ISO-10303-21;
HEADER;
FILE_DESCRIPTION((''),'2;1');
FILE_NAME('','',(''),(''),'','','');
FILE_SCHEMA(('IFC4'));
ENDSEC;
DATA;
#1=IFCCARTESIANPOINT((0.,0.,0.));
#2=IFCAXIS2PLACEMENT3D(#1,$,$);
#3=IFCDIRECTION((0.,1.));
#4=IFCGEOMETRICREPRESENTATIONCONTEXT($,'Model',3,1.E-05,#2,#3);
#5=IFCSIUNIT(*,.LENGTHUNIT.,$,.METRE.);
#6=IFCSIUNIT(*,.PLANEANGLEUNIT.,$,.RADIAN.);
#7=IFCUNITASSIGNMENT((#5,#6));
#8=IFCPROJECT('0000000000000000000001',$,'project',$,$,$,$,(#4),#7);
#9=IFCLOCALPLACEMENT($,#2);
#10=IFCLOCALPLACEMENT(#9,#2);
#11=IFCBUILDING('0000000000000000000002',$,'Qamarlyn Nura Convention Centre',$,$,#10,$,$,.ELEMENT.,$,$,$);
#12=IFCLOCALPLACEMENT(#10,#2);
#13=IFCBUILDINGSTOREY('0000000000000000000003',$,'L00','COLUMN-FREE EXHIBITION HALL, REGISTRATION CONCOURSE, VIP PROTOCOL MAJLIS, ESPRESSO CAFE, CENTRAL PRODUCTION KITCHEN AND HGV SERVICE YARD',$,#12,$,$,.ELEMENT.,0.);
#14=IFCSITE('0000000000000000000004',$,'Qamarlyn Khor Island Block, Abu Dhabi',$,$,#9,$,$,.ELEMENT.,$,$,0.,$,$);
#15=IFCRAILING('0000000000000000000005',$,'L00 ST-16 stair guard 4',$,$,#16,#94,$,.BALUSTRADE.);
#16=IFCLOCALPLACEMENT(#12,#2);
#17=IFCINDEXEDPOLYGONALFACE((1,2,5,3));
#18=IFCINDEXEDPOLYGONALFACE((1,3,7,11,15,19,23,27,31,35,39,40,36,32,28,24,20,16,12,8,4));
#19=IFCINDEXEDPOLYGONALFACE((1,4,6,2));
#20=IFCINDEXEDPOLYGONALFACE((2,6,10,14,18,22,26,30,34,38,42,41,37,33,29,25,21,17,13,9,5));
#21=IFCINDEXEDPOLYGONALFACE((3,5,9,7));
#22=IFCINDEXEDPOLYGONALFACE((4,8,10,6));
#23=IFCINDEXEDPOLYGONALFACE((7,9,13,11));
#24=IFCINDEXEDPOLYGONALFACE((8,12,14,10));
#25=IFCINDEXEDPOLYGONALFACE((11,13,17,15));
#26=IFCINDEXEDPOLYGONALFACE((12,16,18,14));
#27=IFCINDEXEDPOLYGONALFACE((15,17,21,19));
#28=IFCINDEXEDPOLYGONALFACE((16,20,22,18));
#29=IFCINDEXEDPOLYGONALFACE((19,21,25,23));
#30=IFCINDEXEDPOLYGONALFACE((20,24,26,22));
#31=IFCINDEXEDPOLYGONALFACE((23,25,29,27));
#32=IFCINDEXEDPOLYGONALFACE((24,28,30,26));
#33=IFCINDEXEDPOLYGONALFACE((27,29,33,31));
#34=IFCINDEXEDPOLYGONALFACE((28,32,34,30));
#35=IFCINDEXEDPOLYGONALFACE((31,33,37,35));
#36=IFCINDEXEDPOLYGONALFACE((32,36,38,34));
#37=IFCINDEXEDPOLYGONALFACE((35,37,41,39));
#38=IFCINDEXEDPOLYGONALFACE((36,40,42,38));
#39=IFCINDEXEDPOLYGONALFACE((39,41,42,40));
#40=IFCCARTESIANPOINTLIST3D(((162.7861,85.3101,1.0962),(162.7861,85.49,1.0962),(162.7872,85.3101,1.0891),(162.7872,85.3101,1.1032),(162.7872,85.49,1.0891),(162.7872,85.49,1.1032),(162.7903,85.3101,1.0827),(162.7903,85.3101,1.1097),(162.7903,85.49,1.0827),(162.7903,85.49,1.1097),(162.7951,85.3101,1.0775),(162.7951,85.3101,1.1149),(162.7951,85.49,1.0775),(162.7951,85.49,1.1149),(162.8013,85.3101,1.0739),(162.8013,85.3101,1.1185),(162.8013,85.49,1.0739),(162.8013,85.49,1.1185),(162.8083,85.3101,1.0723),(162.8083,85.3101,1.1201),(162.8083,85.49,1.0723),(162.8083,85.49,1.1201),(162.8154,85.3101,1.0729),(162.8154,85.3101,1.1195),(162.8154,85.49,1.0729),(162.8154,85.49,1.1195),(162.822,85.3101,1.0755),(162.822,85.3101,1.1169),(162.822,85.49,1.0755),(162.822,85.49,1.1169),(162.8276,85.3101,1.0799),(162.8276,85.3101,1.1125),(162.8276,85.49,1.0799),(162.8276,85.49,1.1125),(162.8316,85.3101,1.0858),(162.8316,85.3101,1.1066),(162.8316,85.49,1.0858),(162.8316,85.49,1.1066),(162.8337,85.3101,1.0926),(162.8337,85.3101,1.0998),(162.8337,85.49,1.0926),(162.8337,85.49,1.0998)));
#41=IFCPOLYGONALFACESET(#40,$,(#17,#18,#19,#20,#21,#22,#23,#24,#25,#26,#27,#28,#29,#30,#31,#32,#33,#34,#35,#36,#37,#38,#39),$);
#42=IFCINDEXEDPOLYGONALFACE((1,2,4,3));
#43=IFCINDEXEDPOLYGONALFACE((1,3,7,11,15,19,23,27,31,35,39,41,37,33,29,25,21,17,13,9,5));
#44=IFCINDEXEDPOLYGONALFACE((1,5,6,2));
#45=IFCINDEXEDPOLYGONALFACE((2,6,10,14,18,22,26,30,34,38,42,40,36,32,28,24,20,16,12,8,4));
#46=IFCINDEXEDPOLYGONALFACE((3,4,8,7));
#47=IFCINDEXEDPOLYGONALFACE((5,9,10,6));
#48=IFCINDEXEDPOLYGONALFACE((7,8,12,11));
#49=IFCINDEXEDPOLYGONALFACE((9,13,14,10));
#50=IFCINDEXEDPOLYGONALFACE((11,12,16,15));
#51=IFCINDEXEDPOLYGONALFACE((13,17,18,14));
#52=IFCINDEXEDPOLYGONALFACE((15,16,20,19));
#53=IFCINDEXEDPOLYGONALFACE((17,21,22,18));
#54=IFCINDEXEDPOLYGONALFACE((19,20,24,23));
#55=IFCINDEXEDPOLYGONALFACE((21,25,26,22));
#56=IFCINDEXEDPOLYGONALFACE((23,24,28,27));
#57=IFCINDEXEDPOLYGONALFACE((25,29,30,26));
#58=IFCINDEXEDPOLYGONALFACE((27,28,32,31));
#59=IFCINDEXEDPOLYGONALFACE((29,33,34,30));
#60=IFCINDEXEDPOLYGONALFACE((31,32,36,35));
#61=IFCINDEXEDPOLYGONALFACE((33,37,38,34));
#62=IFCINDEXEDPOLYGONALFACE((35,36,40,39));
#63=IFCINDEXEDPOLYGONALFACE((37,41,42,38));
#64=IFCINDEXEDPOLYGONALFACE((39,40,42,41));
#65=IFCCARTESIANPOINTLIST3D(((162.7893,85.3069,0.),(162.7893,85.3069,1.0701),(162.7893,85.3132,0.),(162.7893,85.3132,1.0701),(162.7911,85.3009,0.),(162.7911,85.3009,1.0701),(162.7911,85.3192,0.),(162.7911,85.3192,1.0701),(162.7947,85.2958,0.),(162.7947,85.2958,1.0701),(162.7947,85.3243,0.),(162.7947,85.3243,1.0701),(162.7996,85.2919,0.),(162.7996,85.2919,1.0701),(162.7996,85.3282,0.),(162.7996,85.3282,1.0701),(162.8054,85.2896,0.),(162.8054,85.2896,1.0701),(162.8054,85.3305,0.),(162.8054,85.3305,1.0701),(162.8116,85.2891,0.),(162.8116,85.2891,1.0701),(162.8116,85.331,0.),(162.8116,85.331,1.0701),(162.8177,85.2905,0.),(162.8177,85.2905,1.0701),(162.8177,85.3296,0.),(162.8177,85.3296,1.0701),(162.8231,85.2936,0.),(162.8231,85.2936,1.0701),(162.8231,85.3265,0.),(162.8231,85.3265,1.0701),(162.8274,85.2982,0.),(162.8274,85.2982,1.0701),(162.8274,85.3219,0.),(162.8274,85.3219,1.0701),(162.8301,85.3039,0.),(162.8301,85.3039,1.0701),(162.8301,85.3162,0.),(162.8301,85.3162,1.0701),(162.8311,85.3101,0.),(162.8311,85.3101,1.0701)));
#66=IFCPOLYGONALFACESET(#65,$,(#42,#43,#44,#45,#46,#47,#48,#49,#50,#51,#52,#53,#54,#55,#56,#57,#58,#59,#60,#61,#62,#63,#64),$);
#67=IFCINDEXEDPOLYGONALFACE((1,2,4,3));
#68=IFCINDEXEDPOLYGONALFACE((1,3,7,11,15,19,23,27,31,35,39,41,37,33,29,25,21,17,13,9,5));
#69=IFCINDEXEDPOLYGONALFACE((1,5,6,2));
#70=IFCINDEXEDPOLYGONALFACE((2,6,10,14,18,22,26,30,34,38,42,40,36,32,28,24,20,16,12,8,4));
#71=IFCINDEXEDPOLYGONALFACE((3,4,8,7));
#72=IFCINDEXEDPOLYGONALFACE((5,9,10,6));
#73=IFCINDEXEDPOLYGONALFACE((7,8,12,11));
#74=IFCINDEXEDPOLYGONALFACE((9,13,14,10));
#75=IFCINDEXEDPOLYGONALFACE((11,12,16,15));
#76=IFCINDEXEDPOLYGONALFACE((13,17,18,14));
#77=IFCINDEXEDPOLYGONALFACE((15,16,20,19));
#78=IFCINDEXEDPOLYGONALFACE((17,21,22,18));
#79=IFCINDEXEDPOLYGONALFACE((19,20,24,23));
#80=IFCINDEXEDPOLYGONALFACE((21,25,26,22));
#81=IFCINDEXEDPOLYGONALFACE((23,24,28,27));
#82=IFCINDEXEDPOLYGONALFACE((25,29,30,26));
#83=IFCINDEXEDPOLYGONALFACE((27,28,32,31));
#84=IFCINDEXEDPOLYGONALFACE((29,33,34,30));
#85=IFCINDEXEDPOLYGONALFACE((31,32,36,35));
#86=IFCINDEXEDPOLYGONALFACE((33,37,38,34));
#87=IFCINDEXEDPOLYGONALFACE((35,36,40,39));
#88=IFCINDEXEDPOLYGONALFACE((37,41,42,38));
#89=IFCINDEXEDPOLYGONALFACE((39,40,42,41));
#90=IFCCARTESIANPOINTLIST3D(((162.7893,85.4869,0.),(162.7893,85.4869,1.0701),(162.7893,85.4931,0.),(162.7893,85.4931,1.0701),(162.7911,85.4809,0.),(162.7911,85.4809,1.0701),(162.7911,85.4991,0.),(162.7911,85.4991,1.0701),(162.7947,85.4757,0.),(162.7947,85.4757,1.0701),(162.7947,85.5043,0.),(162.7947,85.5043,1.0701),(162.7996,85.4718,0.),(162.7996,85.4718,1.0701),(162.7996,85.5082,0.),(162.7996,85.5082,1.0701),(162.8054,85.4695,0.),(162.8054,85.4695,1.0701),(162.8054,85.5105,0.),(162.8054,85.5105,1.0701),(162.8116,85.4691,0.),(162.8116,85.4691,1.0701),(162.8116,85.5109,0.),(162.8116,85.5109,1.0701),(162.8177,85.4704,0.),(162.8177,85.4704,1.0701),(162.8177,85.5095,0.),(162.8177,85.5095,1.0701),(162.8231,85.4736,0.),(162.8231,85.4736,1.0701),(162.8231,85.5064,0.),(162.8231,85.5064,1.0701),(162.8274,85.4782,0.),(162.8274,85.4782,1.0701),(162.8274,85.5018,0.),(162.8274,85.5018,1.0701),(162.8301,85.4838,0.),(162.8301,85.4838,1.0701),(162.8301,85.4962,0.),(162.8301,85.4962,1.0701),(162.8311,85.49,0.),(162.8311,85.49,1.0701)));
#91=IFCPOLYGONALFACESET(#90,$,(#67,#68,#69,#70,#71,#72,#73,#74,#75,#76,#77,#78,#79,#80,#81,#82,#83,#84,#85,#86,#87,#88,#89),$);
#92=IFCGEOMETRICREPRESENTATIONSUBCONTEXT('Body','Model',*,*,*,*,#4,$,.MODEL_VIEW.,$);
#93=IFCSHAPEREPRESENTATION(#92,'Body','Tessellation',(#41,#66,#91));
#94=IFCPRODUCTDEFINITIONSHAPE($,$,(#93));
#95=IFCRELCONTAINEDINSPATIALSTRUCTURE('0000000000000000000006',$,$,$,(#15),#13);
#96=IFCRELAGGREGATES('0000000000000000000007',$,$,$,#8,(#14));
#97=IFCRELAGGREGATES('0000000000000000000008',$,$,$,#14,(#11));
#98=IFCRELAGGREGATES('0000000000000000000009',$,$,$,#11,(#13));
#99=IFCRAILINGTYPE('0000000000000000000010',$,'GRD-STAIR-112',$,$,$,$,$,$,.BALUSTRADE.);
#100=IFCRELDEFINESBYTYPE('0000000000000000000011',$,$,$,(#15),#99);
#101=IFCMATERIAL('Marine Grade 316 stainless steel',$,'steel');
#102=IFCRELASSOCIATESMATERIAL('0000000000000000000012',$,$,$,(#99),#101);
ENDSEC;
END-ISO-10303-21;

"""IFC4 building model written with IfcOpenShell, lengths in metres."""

from ifc_helpers import new_model, si_unit, direction, frame, origin, origin_2d, place, context, subcontext, project, spatial, circle, extrude, material, type_object, element, save


model = new_model("IFC4")

# Units and contexts
model_context = context("Model", 3, precision=1e-05, world=origin(), true_north=direction((0.0, 1.0)))
body_context = subcontext(model_context, "Body", "Model", "MODEL_VIEW")
ifc_project = project(units=[si_unit("LENGTHUNIT", "METRE"), si_unit("PLANEANGLEUNIT", "RADIAN")], contexts=[model_context])

# Site, building, storey
site_placement = place(None, origin())
site = spatial("IfcSite", under=ifc_project, at=site_placement, Name="Qamarlyn Khor Island Block, Abu Dhabi", CompositionType="ELEMENT", RefElevation=0.0)
building_placement = place(site_placement, origin())
building = spatial("IfcBuilding", under=site, at=building_placement, Name="Qamarlyn Nura Convention Centre", CompositionType="ELEMENT")
storey_placement = place(building_placement, origin())
storey = spatial("IfcBuildingStorey", under=building, at=storey_placement, Name="L00", Description="COLUMN-FREE EXHIBITION HALL, REGISTRATION CONCOURSE, VIP PROTOCOL MAJLIS, ESPRESSO CAFE, CENTRAL PRODUCTION KITCHEN AND HGV SERVICE YARD", CompositionType="ELEMENT", Elevation=0.0)

# Railing
ifc_material_1 = material(Name="Marine Grade 316 stainless steel", Category="steel")
railing_type_1 = type_object("IfcRailingType", Name="GRD-STAIR-112", PredefinedType="BALUSTRADE", material=ifc_material_1)
railing_1_placement = place(storey_placement, frame((162.8101, 85.3101, 0.0)))
element("IfcRailing", 1, at=railing_1_placement, inside=storey, type_object=railing_type_1, Name="L00 ST-16 stair guard 4", PredefinedType="BALUSTRADE", context=body_context, shape_type="SweptSolid", body=[
    extrude(circle(Radius=0.0239, at=origin_2d()), frame((0.0, 0.0, 1.0962), z_axis=(0.0, 1.0, 0.0), x_axis=(-1.0, 0.0, 0.0)), (0.0, 0.0, 1.0), 0.1799),
    extrude(circle(Radius=0.021, at=origin_2d()), origin(), (0.0, 0.0, 1.0), 1.0701),
    extrude(circle(Radius=0.021, at=origin_2d()), frame((0.0, 0.1799, 0.0)), (0.0, 0.0, 1.0), 1.0701),
])

save(model, "model.ifc")
